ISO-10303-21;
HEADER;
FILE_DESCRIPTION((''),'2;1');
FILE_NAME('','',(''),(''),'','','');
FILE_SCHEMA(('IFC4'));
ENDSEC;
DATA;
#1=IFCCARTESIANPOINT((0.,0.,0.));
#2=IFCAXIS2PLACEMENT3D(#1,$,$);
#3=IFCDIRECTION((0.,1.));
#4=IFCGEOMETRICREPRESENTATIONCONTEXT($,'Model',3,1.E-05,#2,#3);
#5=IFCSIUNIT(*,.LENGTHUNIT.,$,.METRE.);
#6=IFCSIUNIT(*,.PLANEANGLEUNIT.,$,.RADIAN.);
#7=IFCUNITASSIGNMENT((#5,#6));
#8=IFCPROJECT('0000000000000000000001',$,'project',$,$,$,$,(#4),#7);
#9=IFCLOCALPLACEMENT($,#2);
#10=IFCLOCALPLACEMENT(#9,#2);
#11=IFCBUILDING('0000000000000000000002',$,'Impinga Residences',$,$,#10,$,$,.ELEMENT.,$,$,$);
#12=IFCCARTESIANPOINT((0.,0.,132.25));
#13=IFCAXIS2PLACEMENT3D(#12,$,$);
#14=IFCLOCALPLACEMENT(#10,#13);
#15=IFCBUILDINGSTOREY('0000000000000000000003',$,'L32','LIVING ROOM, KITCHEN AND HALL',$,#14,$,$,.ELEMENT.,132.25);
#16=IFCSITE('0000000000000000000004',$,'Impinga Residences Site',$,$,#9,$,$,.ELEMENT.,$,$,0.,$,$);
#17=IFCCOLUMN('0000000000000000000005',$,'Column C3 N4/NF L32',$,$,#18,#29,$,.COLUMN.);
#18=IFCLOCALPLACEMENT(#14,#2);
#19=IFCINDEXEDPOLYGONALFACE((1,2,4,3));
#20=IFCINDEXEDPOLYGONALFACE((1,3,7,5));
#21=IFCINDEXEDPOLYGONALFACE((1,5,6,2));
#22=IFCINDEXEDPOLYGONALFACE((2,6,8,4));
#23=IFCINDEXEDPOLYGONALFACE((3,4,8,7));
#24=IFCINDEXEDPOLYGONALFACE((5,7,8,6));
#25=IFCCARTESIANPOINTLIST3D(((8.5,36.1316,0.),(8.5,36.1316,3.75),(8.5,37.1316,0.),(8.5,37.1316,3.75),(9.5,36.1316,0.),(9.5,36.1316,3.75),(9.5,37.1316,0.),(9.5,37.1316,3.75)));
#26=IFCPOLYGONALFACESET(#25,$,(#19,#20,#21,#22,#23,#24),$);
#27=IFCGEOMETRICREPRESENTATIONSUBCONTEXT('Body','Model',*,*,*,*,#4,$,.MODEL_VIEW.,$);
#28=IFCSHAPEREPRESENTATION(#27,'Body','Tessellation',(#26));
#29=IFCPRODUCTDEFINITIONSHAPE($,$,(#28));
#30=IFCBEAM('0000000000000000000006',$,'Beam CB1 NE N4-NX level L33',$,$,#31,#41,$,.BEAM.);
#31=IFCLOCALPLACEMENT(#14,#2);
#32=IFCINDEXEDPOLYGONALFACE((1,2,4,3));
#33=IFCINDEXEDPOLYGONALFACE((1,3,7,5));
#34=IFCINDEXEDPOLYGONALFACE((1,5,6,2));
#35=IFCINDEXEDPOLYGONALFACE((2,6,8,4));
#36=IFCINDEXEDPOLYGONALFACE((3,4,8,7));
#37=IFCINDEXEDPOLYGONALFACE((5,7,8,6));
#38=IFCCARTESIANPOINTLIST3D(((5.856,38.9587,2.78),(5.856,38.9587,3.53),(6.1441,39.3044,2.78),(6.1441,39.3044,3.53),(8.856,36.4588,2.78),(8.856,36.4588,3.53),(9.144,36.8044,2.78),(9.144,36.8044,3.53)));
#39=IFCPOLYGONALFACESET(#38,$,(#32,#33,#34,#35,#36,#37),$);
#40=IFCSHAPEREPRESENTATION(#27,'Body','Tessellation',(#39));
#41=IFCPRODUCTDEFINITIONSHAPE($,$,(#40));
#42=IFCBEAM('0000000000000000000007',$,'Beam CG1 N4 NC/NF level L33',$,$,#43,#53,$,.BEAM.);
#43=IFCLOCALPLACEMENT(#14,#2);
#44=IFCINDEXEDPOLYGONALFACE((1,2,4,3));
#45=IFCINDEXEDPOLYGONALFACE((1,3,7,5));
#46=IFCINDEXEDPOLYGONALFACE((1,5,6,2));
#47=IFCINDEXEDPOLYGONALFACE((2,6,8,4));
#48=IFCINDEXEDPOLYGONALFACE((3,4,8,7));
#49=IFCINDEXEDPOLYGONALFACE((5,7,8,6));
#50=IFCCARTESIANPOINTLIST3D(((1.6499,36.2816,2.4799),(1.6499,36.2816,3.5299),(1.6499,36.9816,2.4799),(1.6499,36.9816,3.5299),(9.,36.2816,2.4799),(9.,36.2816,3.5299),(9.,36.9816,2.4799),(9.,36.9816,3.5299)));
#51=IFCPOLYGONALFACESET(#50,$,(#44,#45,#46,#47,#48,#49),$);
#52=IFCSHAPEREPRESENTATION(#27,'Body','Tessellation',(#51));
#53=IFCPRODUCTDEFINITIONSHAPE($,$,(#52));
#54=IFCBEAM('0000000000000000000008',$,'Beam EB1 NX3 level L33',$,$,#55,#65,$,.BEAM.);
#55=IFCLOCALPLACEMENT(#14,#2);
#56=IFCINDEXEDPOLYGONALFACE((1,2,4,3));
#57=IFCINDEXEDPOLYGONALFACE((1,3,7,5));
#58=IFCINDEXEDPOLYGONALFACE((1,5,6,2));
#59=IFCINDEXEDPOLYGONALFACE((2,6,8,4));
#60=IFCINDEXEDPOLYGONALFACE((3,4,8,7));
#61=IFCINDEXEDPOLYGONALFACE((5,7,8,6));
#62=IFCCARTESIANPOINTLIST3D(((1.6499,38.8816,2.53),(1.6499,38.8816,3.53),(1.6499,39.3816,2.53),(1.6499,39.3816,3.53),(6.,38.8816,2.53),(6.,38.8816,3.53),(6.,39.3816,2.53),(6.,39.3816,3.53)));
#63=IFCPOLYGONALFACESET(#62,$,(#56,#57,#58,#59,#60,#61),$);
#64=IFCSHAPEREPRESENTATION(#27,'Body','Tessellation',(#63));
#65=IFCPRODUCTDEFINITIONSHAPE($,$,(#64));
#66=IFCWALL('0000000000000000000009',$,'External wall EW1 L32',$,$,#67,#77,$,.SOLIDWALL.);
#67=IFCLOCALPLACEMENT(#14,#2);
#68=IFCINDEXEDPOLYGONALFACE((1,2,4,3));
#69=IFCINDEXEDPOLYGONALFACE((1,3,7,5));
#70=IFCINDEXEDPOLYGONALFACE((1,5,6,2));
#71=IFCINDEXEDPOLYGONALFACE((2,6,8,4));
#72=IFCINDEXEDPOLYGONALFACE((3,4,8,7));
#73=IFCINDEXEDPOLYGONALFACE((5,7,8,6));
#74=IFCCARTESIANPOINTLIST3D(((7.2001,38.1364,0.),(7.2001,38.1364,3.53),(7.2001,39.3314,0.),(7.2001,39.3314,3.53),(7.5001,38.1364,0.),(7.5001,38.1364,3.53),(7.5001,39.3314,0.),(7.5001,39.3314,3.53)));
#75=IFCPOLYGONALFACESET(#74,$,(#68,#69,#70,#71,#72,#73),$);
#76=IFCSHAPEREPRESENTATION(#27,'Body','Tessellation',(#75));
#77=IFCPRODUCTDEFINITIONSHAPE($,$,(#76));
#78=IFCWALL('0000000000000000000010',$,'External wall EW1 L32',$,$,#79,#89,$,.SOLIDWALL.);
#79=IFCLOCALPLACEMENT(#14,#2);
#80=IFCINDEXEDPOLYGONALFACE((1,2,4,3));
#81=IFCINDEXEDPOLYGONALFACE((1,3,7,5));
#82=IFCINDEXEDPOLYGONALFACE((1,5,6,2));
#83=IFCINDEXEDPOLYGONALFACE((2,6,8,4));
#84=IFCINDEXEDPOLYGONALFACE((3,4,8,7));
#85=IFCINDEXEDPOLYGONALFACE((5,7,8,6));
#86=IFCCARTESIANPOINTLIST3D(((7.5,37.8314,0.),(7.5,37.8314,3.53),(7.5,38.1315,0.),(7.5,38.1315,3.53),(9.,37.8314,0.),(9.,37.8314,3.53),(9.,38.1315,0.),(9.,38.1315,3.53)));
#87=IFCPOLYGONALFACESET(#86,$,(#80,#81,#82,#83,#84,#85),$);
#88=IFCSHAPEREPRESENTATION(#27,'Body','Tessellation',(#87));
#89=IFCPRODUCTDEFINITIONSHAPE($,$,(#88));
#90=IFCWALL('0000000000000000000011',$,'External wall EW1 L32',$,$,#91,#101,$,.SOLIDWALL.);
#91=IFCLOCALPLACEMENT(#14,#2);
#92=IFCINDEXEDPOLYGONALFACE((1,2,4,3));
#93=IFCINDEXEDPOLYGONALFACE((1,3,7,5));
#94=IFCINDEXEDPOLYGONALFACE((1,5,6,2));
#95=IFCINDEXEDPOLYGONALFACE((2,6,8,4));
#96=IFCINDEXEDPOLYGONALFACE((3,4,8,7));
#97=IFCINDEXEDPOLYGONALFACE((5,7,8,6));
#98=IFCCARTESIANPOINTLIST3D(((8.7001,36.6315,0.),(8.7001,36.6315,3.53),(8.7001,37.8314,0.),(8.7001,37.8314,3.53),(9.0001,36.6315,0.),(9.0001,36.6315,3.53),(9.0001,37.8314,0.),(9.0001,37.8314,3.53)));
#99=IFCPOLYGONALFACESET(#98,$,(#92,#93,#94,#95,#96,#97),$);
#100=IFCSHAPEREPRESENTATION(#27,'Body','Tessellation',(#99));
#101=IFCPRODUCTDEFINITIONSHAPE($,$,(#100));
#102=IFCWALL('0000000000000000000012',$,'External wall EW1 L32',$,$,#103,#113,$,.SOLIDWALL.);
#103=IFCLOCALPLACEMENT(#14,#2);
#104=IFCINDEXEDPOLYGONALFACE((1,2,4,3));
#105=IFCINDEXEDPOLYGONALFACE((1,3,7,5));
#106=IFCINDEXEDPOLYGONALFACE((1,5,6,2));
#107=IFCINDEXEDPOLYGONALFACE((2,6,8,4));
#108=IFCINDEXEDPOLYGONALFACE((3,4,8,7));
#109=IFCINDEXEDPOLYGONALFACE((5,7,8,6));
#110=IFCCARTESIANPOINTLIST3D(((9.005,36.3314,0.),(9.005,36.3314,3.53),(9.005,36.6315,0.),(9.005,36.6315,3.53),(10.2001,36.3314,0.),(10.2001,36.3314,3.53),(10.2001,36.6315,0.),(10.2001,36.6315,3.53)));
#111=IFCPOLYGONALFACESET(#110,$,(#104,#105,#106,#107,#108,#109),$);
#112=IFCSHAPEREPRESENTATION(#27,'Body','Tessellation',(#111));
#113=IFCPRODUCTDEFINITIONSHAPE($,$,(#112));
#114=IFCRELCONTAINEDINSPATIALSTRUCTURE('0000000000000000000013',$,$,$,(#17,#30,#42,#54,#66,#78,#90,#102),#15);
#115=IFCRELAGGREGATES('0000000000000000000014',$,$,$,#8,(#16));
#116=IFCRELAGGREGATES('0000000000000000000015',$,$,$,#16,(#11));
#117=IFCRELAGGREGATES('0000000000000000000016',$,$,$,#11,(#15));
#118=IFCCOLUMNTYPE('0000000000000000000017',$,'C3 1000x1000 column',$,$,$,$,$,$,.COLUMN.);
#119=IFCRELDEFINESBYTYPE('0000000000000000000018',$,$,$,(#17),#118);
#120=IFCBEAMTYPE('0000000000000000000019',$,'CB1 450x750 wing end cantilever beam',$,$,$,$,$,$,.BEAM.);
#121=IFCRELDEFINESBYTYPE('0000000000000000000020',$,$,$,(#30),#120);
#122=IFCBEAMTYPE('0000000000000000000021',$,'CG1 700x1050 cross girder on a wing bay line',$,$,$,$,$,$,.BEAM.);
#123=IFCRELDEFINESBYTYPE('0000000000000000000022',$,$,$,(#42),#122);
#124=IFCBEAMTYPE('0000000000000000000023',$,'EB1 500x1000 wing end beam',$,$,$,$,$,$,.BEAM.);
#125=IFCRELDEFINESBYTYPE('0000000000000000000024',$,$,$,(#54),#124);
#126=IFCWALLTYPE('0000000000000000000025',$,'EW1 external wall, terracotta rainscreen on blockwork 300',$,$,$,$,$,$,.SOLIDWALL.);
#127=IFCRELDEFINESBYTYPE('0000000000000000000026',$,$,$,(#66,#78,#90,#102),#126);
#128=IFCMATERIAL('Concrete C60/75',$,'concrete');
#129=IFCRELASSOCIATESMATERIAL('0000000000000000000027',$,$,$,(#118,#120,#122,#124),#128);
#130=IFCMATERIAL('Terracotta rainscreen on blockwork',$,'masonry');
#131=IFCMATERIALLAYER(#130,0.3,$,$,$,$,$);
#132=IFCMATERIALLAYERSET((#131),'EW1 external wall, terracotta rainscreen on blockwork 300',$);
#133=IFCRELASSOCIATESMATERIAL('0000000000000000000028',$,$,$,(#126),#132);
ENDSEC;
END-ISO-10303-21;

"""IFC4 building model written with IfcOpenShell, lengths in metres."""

from ifc_helpers import new_model, si_unit, direction, frame, frame_2d, origin, origin_2d, place, context, subcontext, project, spatial, rectangle, extrude, material, layer, layer_set, material_profile, profile_set, type_object, element, save


model = new_model("IFC4")

# Units and contexts
model_context = context("Model", 3, precision=1e-05, world=origin(), true_north=direction((0.0, 1.0)))
body_context = subcontext(model_context, "Body", "Model", "MODEL_VIEW")
ifc_project = project(units=[si_unit("LENGTHUNIT", "METRE"), si_unit("PLANEANGLEUNIT", "RADIAN")], contexts=[model_context])

# Site, building, storey
site_placement = place(None, origin())
site = spatial("IfcSite", under=ifc_project, at=site_placement, Name="Impinga Residences Site", CompositionType="ELEMENT", RefElevation=0.0)
building_placement = place(site_placement, origin())
building = spatial("IfcBuilding", under=site, at=building_placement, Name="Impinga Residences", CompositionType="ELEMENT")
storey_placement = place(building_placement, frame((0.0, 0.0, 132.25)))
storey = spatial("IfcBuildingStorey", under=building, at=storey_placement, Name="L32", Description="LIVING ROOM, KITCHEN AND HALL", CompositionType="ELEMENT", Elevation=132.25)

# Column
ifc_material_1 = material(Name="Concrete C60/75", Category="concrete")
ifc_material_profile_1 = material_profile(ifc_material_1, rectangle(XDim=1.0, YDim=1.0, at=origin_2d()), Name="RC 1000x1000")
ifc_profile_set_1 = profile_set([ifc_material_profile_1], Name="Concrete C60/75")
column_type = type_object("IfcColumnType", Name="C3 1000x1000 column", PredefinedType="COLUMN", material=ifc_profile_set_1)
column_placement = place(storey_placement, frame((9.0, 36.6316, 0.0), z_axis=(0.0, 0.0, 1.0), x_axis=(1.0, 0.0, 0.0)))
element("IfcColumn", 1, at=column_placement, inside=storey, type_object=column_type, Name="Column C3 N4/NF L32", PredefinedType="COLUMN", context=body_context, shape_type="SweptSolid", body=[
    extrude(rectangle(XDim=1.0, YDim=1.0, at=origin_2d()), origin(), (0.0, 0.0, 1.0), 3.75),
])

# Beams
ifc_material_profile_2 = material_profile(ifc_material_1, rectangle(XDim=0.45, YDim=0.75, at=origin_2d()), Name="RC 450x750")
ifc_profile_set_2 = profile_set([ifc_material_profile_2], Name="Concrete C60/75")
beam_type_1 = type_object("IfcBeamType", Name="CB1 450x750 wing end cantilever beam", PredefinedType="BEAM", material=ifc_profile_set_2)
beam_1_placement = place(storey_placement, frame((9.0, 36.6316, 3.155), z_axis=(-0.768221, 0.640184, 0.0), x_axis=(-0.640184, -0.768221, 0.0)))
element("IfcBeam", 2, at=beam_1_placement, inside=storey, type_object=beam_type_1, Name="Beam CB1 NE N4-NX level L33", PredefinedType="BEAM", context=body_context, shape_type="SweptSolid", body=[
    extrude(rectangle(XDim=0.45, YDim=0.75, at=origin_2d()), origin(), (0.0, 0.0, 1.0), 3.905),
])
ifc_material_profile_3 = material_profile(ifc_material_1, rectangle(XDim=0.7, YDim=1.05, at=origin_2d()), Name="RC 700x1050")
ifc_profile_set_3 = profile_set([ifc_material_profile_3], Name="Concrete C60/75")
beam_type_2 = type_object("IfcBeamType", Name="CG1 700x1050 cross girder on a wing bay line", PredefinedType="BEAM", material=ifc_profile_set_3)
beam_2_placement = place(storey_placement, frame((1.6499, 36.6316, 3.0049), z_axis=(1.0, 0.0, 0.0), x_axis=(0.0, 1.0, 0.0)))
element("IfcBeam", 3, at=beam_2_placement, inside=storey, type_object=beam_type_2, Name="Beam CG1 N4 NC/NF level L33", PredefinedType="BEAM", context=body_context, shape_type="SweptSolid", body=[
    extrude(rectangle(XDim=0.7, YDim=1.05, at=origin_2d()), origin(), (0.0, 0.0, 1.0), 7.3501),
])
ifc_material_profile_4 = material_profile(ifc_material_1, rectangle(XDim=0.5, YDim=1.0, at=origin_2d()), Name="RC 500x1000")
ifc_profile_set_4 = profile_set([ifc_material_profile_4], Name="Concrete C60/75")
beam_type_3 = type_object("IfcBeamType", Name="EB1 500x1000 wing end beam", PredefinedType="BEAM", material=ifc_profile_set_4)
beam_3_placement = place(storey_placement, frame((1.6499, 39.1316, 3.03), z_axis=(1.0, 0.0, 0.0), x_axis=(0.0, 1.0, 0.0)))
element("IfcBeam", 4, at=beam_3_placement, inside=storey, type_object=beam_type_3, Name="Beam EB1 NX3 level L33", PredefinedType="BEAM", context=body_context, shape_type="SweptSolid", body=[
    extrude(rectangle(XDim=0.5, YDim=1.0, at=origin_2d()), origin(), (0.0, 0.0, 1.0), 4.3501),
])

# Walls
ifc_material_2 = material(Name="Terracotta rainscreen on blockwork", Category="masonry")
ifc_layer_1 = layer(ifc_material_2, 0.3)
ifc_layer_set_1 = layer_set([ifc_layer_1], Name="EW1 external wall, terracotta rainscreen on blockwork 300")
wall_type_1 = type_object("IfcWallType", Name="EW1 external wall, terracotta rainscreen on blockwork 300", PredefinedType="SOLIDWALL", material=ifc_layer_set_1)
wall_1_placement = place(storey_placement, frame((7.3501, 39.3315, 0.0), z_axis=(0.0, 0.0, 1.0), x_axis=(0.0, -1.0, 0.0)))
element("IfcWall", 5, at=wall_1_placement, inside=storey, type_object=wall_type_1, Name="External wall EW1 L32", PredefinedType="SOLIDWALL", context=body_context, shape_type="SweptSolid", body=[
    extrude(rectangle(XDim=1.1951, YDim=0.3, at=frame_2d((0.5977, 0.0))), origin(), (0.0, 0.0, 1.0), 3.53),
])
wall_2_placement = place(storey_placement, frame((7.5, 37.9814, 0.0), z_axis=(0.0, 0.0, 1.0), x_axis=(1.0, 0.0, 0.0)))
element("IfcWall", 6, at=wall_2_placement, inside=storey, type_object=wall_type_1, Name="External wall EW1 L32", PredefinedType="SOLIDWALL", context=body_context, shape_type="SweptSolid", body=[
    extrude(rectangle(XDim=1.5, YDim=0.3, at=frame_2d((0.75, 0.0))), origin(), (0.0, 0.0, 1.0), 3.53),
])
wall_3_placement = place(storey_placement, frame((8.8501, 37.8315, 0.0), z_axis=(0.0, 0.0, 1.0), x_axis=(0.0, -1.0, 0.0)))
element("IfcWall", 7, at=wall_3_placement, inside=storey, type_object=wall_type_1, Name="External wall EW1 L32", PredefinedType="SOLIDWALL", context=body_context, shape_type="SweptSolid", body=[
    extrude(rectangle(XDim=1.2, YDim=0.3, at=frame_2d((0.6001, 0.0))), origin(), (0.0, 0.0, 1.0), 3.53),
])
wall_4_placement = place(storey_placement, frame((9.0049, 36.4814, 0.0), z_axis=(0.0, 0.0, 1.0), x_axis=(1.0, 0.0, 0.0)))
element("IfcWall", 8, at=wall_4_placement, inside=storey, type_object=wall_type_1, Name="External wall EW1 L32", PredefinedType="SOLIDWALL", context=body_context, shape_type="SweptSolid", body=[
    extrude(rectangle(XDim=1.1951, YDim=0.3, at=frame_2d((0.5977, 0.0))), origin(), (0.0, 0.0, 1.0), 3.53),
])

save(model, "model.ifc")
